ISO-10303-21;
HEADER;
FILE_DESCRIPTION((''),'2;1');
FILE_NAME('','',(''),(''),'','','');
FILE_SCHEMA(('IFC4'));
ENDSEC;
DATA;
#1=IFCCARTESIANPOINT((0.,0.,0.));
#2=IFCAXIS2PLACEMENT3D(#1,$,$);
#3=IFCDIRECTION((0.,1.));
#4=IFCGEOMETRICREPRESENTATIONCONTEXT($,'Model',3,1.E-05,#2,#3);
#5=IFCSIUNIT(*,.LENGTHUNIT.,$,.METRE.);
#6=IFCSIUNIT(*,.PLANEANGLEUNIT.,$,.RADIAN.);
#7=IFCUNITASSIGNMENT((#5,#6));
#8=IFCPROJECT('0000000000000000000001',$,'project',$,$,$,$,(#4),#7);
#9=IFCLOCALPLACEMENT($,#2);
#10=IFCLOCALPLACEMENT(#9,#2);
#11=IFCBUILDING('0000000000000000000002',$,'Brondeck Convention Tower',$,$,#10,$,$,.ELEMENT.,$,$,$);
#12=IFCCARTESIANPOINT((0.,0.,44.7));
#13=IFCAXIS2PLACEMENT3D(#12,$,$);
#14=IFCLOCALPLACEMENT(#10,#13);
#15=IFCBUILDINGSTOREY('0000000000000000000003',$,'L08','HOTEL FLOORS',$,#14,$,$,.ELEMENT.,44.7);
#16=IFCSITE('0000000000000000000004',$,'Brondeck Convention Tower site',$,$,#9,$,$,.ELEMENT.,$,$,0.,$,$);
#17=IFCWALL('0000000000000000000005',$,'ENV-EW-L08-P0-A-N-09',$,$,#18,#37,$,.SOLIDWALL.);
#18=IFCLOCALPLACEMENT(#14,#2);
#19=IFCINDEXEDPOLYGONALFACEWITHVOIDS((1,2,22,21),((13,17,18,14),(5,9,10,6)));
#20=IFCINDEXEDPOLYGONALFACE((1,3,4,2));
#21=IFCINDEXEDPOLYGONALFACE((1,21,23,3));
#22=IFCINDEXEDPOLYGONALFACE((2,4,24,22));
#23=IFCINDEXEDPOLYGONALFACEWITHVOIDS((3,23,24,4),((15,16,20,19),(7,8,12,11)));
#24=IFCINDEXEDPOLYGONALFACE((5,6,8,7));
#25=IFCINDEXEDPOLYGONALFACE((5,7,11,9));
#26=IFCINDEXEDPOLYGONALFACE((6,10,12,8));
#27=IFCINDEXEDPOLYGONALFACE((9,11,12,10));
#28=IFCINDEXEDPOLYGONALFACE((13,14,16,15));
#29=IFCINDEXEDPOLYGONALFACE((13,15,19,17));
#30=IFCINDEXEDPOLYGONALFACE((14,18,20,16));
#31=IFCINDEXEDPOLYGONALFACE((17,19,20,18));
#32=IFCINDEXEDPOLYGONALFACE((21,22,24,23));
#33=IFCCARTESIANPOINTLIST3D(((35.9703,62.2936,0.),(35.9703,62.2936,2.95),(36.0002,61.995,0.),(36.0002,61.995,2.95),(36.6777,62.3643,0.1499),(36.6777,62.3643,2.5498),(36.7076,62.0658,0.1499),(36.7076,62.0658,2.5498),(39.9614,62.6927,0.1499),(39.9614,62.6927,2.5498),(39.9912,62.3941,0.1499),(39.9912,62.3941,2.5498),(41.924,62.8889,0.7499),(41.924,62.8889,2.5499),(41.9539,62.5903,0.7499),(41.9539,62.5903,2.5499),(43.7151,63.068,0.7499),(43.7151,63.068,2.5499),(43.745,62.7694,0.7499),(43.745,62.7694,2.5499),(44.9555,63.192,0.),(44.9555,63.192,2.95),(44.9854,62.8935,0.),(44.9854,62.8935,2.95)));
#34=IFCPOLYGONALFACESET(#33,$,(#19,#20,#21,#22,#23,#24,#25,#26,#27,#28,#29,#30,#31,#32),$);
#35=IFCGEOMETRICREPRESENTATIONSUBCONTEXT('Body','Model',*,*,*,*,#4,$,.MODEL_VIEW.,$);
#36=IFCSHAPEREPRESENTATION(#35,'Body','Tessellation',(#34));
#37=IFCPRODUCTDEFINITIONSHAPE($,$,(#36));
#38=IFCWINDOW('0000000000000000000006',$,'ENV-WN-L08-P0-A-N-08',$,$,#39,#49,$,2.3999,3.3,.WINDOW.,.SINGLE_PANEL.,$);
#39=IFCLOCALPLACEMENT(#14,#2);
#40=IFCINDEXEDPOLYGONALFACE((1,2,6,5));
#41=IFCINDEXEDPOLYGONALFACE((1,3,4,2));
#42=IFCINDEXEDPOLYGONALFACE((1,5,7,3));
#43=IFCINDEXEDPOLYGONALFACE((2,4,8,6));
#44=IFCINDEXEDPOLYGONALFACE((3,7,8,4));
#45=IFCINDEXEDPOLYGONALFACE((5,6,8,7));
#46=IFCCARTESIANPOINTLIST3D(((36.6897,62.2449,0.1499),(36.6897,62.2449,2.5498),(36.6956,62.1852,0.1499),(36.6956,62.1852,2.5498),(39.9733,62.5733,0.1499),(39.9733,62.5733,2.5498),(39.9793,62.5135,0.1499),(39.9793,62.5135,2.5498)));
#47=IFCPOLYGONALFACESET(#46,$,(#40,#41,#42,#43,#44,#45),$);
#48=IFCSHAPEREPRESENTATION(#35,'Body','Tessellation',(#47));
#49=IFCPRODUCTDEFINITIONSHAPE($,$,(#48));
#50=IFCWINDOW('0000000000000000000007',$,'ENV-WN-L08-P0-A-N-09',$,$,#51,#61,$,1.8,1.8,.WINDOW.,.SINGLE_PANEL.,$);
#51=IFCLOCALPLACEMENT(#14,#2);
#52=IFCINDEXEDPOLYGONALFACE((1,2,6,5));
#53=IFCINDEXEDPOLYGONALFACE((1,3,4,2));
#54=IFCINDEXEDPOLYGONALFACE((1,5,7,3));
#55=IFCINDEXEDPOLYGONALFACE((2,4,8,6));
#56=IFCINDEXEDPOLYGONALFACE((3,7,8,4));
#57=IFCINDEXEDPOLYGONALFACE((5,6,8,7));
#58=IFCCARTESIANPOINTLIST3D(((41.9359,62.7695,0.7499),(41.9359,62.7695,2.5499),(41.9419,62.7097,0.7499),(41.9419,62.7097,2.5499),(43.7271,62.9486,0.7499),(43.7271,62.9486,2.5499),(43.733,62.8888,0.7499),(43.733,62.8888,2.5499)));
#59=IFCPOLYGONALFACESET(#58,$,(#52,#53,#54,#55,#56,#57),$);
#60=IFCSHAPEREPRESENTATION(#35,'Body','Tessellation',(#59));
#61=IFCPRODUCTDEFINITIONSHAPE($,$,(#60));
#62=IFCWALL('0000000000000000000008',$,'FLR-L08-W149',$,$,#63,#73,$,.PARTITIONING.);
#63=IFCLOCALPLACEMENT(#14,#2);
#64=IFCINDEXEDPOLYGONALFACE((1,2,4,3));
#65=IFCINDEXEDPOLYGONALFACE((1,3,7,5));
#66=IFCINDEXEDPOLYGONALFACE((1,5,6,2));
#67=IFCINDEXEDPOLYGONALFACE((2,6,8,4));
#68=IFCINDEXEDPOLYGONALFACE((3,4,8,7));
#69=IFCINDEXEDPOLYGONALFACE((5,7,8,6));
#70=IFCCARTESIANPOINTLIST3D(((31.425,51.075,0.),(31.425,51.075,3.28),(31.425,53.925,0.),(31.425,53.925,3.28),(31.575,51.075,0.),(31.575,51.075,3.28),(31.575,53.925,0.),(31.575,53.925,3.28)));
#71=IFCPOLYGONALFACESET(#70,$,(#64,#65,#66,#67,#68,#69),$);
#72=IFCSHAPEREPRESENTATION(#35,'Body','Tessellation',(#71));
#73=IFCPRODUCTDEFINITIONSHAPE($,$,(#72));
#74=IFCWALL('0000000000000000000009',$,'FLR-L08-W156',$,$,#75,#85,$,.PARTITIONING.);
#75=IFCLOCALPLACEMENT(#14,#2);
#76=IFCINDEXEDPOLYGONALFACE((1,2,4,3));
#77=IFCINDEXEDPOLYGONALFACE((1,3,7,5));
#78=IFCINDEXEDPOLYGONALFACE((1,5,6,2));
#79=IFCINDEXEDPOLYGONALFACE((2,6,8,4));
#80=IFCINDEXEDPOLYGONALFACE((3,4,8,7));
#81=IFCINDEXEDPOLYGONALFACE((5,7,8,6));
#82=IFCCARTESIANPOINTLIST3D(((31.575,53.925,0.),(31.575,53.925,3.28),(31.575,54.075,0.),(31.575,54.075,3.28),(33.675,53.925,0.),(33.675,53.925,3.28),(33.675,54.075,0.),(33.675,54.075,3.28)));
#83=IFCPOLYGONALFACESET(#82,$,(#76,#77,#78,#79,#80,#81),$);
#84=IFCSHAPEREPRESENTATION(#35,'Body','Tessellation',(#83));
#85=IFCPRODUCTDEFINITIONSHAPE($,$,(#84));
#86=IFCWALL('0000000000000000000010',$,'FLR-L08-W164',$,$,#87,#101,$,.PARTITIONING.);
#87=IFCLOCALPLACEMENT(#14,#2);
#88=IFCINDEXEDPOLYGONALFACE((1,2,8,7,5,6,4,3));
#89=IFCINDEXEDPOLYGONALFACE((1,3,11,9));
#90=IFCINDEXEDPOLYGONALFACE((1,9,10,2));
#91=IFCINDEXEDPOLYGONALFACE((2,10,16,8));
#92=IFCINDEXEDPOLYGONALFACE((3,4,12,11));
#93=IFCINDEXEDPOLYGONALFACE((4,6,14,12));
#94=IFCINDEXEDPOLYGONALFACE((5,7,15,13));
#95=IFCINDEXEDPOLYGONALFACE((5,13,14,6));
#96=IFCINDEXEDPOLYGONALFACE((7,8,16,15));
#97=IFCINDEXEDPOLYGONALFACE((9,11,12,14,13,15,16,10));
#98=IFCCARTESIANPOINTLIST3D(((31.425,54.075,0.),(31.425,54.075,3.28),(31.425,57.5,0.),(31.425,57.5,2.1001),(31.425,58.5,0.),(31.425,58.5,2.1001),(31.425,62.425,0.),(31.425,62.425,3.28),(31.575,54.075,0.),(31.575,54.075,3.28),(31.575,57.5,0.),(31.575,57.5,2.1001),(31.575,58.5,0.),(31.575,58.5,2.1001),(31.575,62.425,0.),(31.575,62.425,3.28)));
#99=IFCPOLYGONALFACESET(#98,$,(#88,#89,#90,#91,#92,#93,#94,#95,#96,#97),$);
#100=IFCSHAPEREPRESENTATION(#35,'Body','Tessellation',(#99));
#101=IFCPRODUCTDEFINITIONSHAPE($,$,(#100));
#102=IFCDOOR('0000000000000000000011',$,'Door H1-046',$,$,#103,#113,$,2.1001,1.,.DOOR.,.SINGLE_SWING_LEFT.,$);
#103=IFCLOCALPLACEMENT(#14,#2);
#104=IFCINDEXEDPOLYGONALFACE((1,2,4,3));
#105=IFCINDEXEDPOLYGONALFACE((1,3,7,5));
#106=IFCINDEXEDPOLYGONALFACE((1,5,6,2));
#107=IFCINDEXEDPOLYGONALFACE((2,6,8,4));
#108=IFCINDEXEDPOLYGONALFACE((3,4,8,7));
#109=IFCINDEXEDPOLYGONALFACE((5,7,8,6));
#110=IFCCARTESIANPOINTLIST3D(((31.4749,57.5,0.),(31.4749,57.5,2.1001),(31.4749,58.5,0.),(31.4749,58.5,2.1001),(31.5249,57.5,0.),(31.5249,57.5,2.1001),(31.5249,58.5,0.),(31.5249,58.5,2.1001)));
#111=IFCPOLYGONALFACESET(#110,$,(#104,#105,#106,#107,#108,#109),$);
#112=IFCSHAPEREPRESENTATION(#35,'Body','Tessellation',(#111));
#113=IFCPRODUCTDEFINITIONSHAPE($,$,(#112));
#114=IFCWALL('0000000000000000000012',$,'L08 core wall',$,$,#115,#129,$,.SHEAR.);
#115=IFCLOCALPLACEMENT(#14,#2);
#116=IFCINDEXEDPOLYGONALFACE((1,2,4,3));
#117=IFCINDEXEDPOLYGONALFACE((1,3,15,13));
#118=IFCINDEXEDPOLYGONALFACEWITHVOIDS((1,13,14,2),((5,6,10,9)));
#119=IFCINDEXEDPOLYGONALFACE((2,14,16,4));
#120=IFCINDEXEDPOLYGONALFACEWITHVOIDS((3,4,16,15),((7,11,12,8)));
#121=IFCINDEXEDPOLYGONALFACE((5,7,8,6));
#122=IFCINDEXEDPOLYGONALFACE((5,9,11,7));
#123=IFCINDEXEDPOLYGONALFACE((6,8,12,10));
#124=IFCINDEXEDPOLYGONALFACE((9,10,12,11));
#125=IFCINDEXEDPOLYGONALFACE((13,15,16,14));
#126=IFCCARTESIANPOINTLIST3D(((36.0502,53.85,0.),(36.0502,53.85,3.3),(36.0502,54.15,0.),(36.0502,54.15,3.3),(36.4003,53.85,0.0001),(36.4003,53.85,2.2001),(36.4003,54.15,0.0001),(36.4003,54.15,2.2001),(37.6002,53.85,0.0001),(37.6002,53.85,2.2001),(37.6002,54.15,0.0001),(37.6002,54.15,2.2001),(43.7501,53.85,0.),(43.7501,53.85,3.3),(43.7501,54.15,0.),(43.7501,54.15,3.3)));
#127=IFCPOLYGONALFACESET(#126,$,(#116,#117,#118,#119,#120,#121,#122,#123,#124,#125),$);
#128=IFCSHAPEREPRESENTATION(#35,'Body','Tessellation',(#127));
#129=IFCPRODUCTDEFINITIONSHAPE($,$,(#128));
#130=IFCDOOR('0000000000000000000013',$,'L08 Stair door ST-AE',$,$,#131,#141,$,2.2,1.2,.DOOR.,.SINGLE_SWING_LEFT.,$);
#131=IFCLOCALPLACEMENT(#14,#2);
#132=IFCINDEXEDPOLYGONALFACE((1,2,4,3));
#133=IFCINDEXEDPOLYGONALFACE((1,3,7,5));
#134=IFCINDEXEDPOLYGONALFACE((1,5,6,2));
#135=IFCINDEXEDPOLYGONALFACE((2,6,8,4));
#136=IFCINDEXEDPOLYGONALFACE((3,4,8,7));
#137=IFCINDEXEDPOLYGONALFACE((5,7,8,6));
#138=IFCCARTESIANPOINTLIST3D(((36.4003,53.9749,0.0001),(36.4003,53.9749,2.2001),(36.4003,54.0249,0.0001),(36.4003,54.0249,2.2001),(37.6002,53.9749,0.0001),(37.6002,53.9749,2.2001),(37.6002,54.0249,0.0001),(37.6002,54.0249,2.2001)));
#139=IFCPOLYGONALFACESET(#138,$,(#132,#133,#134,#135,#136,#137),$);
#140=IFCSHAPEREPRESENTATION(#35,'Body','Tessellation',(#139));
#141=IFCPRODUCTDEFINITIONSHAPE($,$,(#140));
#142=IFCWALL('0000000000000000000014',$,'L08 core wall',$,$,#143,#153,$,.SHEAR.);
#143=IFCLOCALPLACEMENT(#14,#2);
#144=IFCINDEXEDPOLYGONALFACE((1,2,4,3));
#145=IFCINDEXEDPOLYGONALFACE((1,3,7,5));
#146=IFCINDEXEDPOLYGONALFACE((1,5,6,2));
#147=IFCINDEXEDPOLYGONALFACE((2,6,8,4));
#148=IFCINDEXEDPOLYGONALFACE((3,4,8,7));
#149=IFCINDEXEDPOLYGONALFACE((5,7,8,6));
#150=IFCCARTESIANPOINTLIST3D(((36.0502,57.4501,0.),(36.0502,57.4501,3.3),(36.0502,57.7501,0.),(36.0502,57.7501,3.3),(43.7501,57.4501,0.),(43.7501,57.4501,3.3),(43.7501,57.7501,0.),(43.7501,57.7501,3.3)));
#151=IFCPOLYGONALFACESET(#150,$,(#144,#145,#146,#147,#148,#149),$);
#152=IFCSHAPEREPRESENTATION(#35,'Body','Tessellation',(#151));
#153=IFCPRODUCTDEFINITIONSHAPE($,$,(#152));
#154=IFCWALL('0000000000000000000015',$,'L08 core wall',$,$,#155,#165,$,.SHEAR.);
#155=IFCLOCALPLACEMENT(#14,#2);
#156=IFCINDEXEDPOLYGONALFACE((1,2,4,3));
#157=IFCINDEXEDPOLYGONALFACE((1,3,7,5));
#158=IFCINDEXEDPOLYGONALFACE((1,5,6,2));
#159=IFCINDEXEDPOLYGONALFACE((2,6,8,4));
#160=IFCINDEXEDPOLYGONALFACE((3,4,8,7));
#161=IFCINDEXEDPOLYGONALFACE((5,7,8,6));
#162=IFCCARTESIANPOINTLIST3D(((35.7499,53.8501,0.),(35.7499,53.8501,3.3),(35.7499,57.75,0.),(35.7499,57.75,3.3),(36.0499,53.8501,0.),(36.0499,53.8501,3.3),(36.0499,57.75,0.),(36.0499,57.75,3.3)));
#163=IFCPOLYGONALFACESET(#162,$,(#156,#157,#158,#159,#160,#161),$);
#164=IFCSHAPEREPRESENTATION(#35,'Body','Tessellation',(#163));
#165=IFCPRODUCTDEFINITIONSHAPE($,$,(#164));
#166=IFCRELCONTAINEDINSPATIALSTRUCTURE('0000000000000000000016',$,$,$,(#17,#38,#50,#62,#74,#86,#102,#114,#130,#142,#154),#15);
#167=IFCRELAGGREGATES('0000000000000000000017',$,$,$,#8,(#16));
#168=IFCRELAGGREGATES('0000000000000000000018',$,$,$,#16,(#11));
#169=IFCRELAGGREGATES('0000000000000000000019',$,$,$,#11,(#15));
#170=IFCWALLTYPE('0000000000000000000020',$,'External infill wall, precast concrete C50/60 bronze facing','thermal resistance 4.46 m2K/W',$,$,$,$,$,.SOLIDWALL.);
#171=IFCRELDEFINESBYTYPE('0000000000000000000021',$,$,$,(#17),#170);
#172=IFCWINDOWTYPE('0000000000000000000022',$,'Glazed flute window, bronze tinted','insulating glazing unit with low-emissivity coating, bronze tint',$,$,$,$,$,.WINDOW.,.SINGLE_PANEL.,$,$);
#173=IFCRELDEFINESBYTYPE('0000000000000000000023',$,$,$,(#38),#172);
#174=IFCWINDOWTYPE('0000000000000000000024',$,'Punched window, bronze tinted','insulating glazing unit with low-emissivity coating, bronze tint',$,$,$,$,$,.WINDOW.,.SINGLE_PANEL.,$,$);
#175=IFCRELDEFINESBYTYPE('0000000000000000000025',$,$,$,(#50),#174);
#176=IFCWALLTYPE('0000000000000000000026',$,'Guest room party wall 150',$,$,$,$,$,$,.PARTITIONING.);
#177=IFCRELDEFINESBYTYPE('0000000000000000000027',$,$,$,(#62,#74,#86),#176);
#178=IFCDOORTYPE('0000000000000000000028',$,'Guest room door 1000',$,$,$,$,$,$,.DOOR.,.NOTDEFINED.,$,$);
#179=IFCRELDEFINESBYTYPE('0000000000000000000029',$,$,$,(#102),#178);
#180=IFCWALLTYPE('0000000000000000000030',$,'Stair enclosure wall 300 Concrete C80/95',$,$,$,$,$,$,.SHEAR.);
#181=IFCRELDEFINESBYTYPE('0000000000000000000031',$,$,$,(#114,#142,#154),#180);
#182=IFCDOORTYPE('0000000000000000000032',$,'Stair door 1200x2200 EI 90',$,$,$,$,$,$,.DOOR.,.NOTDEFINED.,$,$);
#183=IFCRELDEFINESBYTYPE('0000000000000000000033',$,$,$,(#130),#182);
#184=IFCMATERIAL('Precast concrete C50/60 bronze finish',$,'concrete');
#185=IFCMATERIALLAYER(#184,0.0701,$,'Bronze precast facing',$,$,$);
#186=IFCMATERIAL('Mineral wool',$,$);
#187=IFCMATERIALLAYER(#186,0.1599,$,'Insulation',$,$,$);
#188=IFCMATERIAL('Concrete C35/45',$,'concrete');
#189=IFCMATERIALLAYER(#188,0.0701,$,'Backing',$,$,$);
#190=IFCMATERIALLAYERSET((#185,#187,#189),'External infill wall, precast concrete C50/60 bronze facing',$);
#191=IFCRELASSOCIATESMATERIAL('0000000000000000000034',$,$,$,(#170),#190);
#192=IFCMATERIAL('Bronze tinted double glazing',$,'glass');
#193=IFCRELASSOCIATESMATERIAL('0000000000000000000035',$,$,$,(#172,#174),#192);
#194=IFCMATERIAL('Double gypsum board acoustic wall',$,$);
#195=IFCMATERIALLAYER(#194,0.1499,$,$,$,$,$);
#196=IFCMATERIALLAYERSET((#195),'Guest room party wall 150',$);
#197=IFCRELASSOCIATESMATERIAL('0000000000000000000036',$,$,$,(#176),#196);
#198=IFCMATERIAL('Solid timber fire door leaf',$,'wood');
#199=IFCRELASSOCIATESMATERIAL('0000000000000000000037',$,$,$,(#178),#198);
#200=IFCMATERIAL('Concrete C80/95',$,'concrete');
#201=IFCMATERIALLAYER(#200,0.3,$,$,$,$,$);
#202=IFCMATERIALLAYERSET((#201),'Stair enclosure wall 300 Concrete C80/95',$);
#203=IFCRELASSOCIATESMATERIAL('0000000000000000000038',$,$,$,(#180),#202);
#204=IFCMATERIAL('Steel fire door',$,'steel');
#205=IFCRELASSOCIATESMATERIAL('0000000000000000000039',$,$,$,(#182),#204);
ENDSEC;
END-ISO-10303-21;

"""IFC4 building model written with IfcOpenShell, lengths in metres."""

from ifc_helpers import new_model, si_unit, direction, frame, frame_2d, origin, place, context, subcontext, project, spatial, rectangle, extrude, material, layer, layer_set, type_object, element, fill, save


model = new_model("IFC4")

# Units and contexts
model_context = context("Model", 3, precision=1e-05, world=origin(), true_north=direction((0.0, 1.0)))
body_context = subcontext(model_context, "Body", "Model", "MODEL_VIEW")
ifc_project = project(units=[si_unit("LENGTHUNIT", "METRE"), si_unit("PLANEANGLEUNIT", "RADIAN")], contexts=[model_context])

# Site, building, storey
site_placement = place(None, origin())
site = spatial("IfcSite", under=ifc_project, at=site_placement, Name="Brondeck Convention Tower site", CompositionType="ELEMENT", RefElevation=0.0)
building_placement = place(site_placement, origin())
building = spatial("IfcBuilding", under=site, at=building_placement, Name="Brondeck Convention Tower", CompositionType="ELEMENT")
storey_placement = place(building_placement, frame((0.0, 0.0, 44.7)))
storey = spatial("IfcBuildingStorey", under=building, at=storey_placement, Name="L08", Description="HOTEL FLOORS", CompositionType="ELEMENT", Elevation=44.7)

# Shared definitions
ifc_material_1 = material(Name="Concrete C80/95", Category="concrete")

# Wall, openings, windows
ifc_material_2 = material(Name="Precast concrete C50/60 bronze finish", Category="concrete")
ifc_layer_1 = layer(ifc_material_2, 0.0701, Name="Bronze precast facing")
ifc_material_3 = material(Name="Mineral wool")
ifc_layer_2 = layer(ifc_material_3, 0.1599, Name="Insulation")
ifc_material_4 = material(Name="Concrete C35/45", Category="concrete")
ifc_layer_3 = layer(ifc_material_4, 0.0701, Name="Backing")
ifc_layer_set_1 = layer_set([ifc_layer_1, ifc_layer_2, ifc_layer_3], Name="External infill wall, precast concrete C50/60 bronze facing")
wall_type_1 = type_object("IfcWallType", Name="External infill wall, precast concrete C50/60 bronze facing", Description="thermal resistance 4.46 m2K/W", PredefinedType="SOLIDWALL", material=ifc_layer_set_1)
wall_1_placement = place(storey_placement, frame((35.9851, 62.1443, 0.0), z_axis=(0.0, 0.0, 1.0), x_axis=(0.995038, 0.099496, 0.0)))
wall_1 = element("IfcWall", 1, at=wall_1_placement, inside=storey, type_object=wall_type_1, Name="ENV-EW-L08-P0-A-N-09", PredefinedType="SOLIDWALL", context=body_context, shape_type="SweptSolid", body=[
    extrude(rectangle(XDim=9.03, YDim=0.3, at=frame_2d((4.5151, 0.0))), origin(), (0.0, 0.0, 1.0), 2.95),
])
opening_1_placement = place(wall_1_placement, frame((0.7112, 0.0, 0.1499)))
opening_1 = element("IfcOpeningElement", 2, at=opening_1_placement, cuts=wall_1, PredefinedType="OPENING", context=body_context, shape_type="SweptSolid", body=[
    extrude(rectangle(XDim=3.3, YDim=2.3999, at=frame_2d((1.6499, 1.2))), frame((0.0, 0.1599, 0.0), z_axis=(0.0, -1.0, 0.0), x_axis=(1.0, 0.0, 0.0)), (0.0, 0.0, 1.0), 0.3201),
])
opening_2_placement = place(wall_1_placement, frame((5.9836, 0.0, 0.75)))
opening_2 = element("IfcOpeningElement", 3, at=opening_2_placement, cuts=wall_1, PredefinedType="OPENING", context=body_context, shape_type="SweptSolid", body=[
    extrude(rectangle(XDim=1.8, YDim=1.8, at=frame_2d((0.8999, 0.8999))), frame((0.0, 0.1599, 0.0), z_axis=(0.0, -1.0, 0.0), x_axis=(1.0, 0.0, 0.0)), (0.0, 0.0, 1.0), 0.3201),
])
ifc_material_5 = material(Name="Bronze tinted double glazing", Category="glass")
window_type_1 = type_object("IfcWindowType", Name="Glazed flute window, bronze tinted", Description="insulating glazing unit with low-emissivity coating, bronze tint", PartitioningType="SINGLE_PANEL", PredefinedType="WINDOW", material=ifc_material_5)
window_1_placement = place(opening_1_placement, origin())
window_1 = element("IfcWindow", 4, at=window_1_placement, inside=storey, type_object=window_type_1, Name="ENV-WN-L08-P0-A-N-08", OverallHeight=2.3999, OverallWidth=3.3, PartitioningType="SINGLE_PANEL", PredefinedType="WINDOW", context=body_context, shape_type="SweptSolid", body=[
    extrude(rectangle(XDim=3.3, YDim=2.3999, at=frame_2d((1.6499, 1.2))), frame((0.0, 0.03, 0.0), z_axis=(0.0, -1.0, 0.0), x_axis=(1.0, 0.0, 0.0)), (0.0, 0.0, 1.0), 0.0601),
])
fill(opening_1, window_1)
window_type_2 = type_object("IfcWindowType", Name="Punched window, bronze tinted", Description="insulating glazing unit with low-emissivity coating, bronze tint", PartitioningType="SINGLE_PANEL", PredefinedType="WINDOW", material=ifc_material_5)
window_2_placement = place(opening_2_placement, origin())
window_2 = element("IfcWindow", 5, at=window_2_placement, inside=storey, type_object=window_type_2, Name="ENV-WN-L08-P0-A-N-09", OverallHeight=1.8, OverallWidth=1.8, PartitioningType="SINGLE_PANEL", PredefinedType="WINDOW", context=body_context, shape_type="SweptSolid", body=[
    extrude(rectangle(XDim=1.8, YDim=1.8, at=frame_2d((0.8999, 0.8999))), frame((0.0, 0.03, 0.0), z_axis=(0.0, -1.0, 0.0), x_axis=(1.0, 0.0, 0.0)), (0.0, 0.0, 1.0), 0.0601),
])
fill(opening_2, window_2)

# Walls
ifc_material_6 = material(Name="Double gypsum board acoustic wall")
ifc_layer_4 = layer(ifc_material_6, 0.1499)
ifc_layer_set_2 = layer_set([ifc_layer_4], Name="Guest room party wall 150")
wall_type_2 = type_object("IfcWallType", Name="Guest room party wall 150", PredefinedType="PARTITIONING", material=ifc_layer_set_2)
wall_2_placement = place(storey_placement, frame((31.5, 53.925, 0.0), z_axis=(0.0, 0.0, 1.0), x_axis=(0.0, -1.0, 0.0)))
element("IfcWall", 6, at=wall_2_placement, inside=storey, type_object=wall_type_2, Name="FLR-L08-W149", PredefinedType="PARTITIONING", context=body_context, shape_type="SweptSolid", body=[
    extrude(rectangle(XDim=2.8501, YDim=0.1499, at=frame_2d((1.425, 0.0))), origin(), (0.0, 0.0, 1.0), 3.28),
])
wall_3_placement = place(storey_placement, frame((33.675, 54.0, 0.0), z_axis=(0.0, 0.0, 1.0), x_axis=(-1.0, 0.0, 0.0)))
element("IfcWall", 7, at=wall_3_placement, inside=storey, type_object=wall_type_2, Name="FLR-L08-W156", PredefinedType="PARTITIONING", context=body_context, shape_type="SweptSolid", body=[
    extrude(rectangle(XDim=2.1001, YDim=0.1499, at=frame_2d((1.05, 0.0))), origin(), (0.0, 0.0, 1.0), 3.28),
])

# Walls, openings, doors
wall_4_placement = place(storey_placement, frame((31.5, 62.425, 0.0), z_axis=(0.0, 0.0, 1.0), x_axis=(0.0, -1.0, 0.0)))
wall_4 = element("IfcWall", 8, at=wall_4_placement, inside=storey, type_object=wall_type_2, Name="FLR-L08-W164", PredefinedType="PARTITIONING", context=body_context, shape_type="SweptSolid", body=[
    extrude(rectangle(XDim=8.3501, YDim=0.1499, at=frame_2d((4.175, 0.0))), origin(), (0.0, 0.0, 1.0), 3.28),
])
opening_3_placement = place(wall_4_placement, frame((3.925, 0.0, 0.0)))
opening_3 = element("IfcOpeningElement", 9, at=opening_3_placement, cuts=wall_4, PredefinedType="OPENING", context=body_context, shape_type="SweptSolid", body=[
    extrude(rectangle(XDim=1.0, YDim=2.1001, at=frame_2d((0.5, 1.05))), frame((0.0, 0.085, 0.0), z_axis=(0.0, -1.0, 0.0), x_axis=(1.0, 0.0, 0.0)), (0.0, 0.0, 1.0), 0.1699),
])
ifc_material_7 = material(Name="Solid timber fire door leaf", Category="wood")
door_type_1 = type_object("IfcDoorType", Name="Guest room door 1000", OperationType="NOTDEFINED", PredefinedType="DOOR", material=ifc_material_7)
door_1_placement = place(opening_3_placement, origin())
door_1 = element("IfcDoor", 10, at=door_1_placement, inside=storey, type_object=door_type_1, Name="Door H1-046", OperationType="SINGLE_SWING_LEFT", OverallHeight=2.1001, OverallWidth=1.0, PredefinedType="DOOR", context=body_context, shape_type="SweptSolid", body=[
    extrude(rectangle(XDim=1.0, YDim=2.1001, at=frame_2d((0.5, 1.05))), frame((0.0, 0.0249, 0.0), z_axis=(0.0, -1.0, 0.0), x_axis=(1.0, 0.0, 0.0)), (0.0, 0.0, 1.0), 0.05),
])
fill(opening_3, door_1)
ifc_layer_5 = layer(ifc_material_1, 0.3)
ifc_layer_set_3 = layer_set([ifc_layer_5], Name="Stair enclosure wall 300 Concrete C80/95")
wall_type_3 = type_object("IfcWallType", Name="Stair enclosure wall 300 Concrete C80/95", PredefinedType="SHEAR", material=ifc_layer_set_3)
wall_5_placement = place(storey_placement, frame((36.05, 54.0, 0.0), z_axis=(0.0, 0.0, 1.0), x_axis=(1.0, 0.0, 0.0)))
wall_5 = element("IfcWall", 11, at=wall_5_placement, inside=storey, type_object=wall_type_3, Name="L08 core wall", PredefinedType="SHEAR", context=body_context, shape_type="SweptSolid", body=[
    extrude(rectangle(XDim=7.7, YDim=0.3, at=frame_2d((3.8501, 0.0))), origin(), (0.0, 0.0, 1.0), 3.3),
])
opening_4_placement = place(wall_5_placement, frame((0.3501, 0.0, 0.0)))
opening_4 = element("IfcOpeningElement", 12, at=opening_4_placement, cuts=wall_5, PredefinedType="OPENING", context=body_context, shape_type="SweptSolid", body=[
    extrude(rectangle(XDim=1.2, YDim=2.2, at=frame_2d((0.6001, 1.1001))), frame((0.0, 0.1599, 0.0), z_axis=(0.0, -1.0, 0.0), x_axis=(1.0, 0.0, 0.0)), (0.0, 0.0, 1.0), 0.3201),
])
ifc_material_8 = material(Name="Steel fire door", Category="steel")
door_type_2 = type_object("IfcDoorType", Name="Stair door 1200x2200 EI 90", OperationType="NOTDEFINED", PredefinedType="DOOR", material=ifc_material_8)
door_2_placement = place(opening_4_placement, origin())
door_2 = element("IfcDoor", 13, at=door_2_placement, inside=storey, type_object=door_type_2, Name="L08 Stair door ST-AE", OperationType="SINGLE_SWING_LEFT", OverallHeight=2.2, OverallWidth=1.2, PredefinedType="DOOR", context=body_context, shape_type="SweptSolid", body=[
    extrude(rectangle(XDim=1.2, YDim=2.2, at=frame_2d((0.6001, 1.1001))), frame((0.0, 0.0249, 0.0), z_axis=(0.0, -1.0, 0.0), x_axis=(1.0, 0.0, 0.0)), (0.0, 0.0, 1.0), 0.05),
])
fill(opening_4, door_2)

# Walls
wall_6_placement = place(storey_placement, frame((36.05, 57.6001, 0.0), z_axis=(0.0, 0.0, 1.0), x_axis=(1.0, 0.0, 0.0)))
element("IfcWall", 14, at=wall_6_placement, inside=storey, type_object=wall_type_3, Name="L08 core wall", PredefinedType="SHEAR", context=body_context, shape_type="SweptSolid", body=[
    extrude(rectangle(XDim=7.7, YDim=0.3, at=frame_2d((3.8501, 0.0))), origin(), (0.0, 0.0, 1.0), 3.3),
])
wall_7_placement = place(storey_placement, frame((35.8999, 53.8501, 0.0), z_axis=(0.0, 0.0, 1.0), x_axis=(0.0, 1.0, 0.0)))
element("IfcWall", 15, at=wall_7_placement, inside=storey, type_object=wall_type_3, Name="L08 core wall", PredefinedType="SHEAR", context=body_context, shape_type="SweptSolid", body=[
    extrude(rectangle(XDim=3.8999, YDim=0.3, at=frame_2d((1.95, 0.0))), origin(), (0.0, 0.0, 1.0), 3.3),
])

save(model, "model.ifc")
